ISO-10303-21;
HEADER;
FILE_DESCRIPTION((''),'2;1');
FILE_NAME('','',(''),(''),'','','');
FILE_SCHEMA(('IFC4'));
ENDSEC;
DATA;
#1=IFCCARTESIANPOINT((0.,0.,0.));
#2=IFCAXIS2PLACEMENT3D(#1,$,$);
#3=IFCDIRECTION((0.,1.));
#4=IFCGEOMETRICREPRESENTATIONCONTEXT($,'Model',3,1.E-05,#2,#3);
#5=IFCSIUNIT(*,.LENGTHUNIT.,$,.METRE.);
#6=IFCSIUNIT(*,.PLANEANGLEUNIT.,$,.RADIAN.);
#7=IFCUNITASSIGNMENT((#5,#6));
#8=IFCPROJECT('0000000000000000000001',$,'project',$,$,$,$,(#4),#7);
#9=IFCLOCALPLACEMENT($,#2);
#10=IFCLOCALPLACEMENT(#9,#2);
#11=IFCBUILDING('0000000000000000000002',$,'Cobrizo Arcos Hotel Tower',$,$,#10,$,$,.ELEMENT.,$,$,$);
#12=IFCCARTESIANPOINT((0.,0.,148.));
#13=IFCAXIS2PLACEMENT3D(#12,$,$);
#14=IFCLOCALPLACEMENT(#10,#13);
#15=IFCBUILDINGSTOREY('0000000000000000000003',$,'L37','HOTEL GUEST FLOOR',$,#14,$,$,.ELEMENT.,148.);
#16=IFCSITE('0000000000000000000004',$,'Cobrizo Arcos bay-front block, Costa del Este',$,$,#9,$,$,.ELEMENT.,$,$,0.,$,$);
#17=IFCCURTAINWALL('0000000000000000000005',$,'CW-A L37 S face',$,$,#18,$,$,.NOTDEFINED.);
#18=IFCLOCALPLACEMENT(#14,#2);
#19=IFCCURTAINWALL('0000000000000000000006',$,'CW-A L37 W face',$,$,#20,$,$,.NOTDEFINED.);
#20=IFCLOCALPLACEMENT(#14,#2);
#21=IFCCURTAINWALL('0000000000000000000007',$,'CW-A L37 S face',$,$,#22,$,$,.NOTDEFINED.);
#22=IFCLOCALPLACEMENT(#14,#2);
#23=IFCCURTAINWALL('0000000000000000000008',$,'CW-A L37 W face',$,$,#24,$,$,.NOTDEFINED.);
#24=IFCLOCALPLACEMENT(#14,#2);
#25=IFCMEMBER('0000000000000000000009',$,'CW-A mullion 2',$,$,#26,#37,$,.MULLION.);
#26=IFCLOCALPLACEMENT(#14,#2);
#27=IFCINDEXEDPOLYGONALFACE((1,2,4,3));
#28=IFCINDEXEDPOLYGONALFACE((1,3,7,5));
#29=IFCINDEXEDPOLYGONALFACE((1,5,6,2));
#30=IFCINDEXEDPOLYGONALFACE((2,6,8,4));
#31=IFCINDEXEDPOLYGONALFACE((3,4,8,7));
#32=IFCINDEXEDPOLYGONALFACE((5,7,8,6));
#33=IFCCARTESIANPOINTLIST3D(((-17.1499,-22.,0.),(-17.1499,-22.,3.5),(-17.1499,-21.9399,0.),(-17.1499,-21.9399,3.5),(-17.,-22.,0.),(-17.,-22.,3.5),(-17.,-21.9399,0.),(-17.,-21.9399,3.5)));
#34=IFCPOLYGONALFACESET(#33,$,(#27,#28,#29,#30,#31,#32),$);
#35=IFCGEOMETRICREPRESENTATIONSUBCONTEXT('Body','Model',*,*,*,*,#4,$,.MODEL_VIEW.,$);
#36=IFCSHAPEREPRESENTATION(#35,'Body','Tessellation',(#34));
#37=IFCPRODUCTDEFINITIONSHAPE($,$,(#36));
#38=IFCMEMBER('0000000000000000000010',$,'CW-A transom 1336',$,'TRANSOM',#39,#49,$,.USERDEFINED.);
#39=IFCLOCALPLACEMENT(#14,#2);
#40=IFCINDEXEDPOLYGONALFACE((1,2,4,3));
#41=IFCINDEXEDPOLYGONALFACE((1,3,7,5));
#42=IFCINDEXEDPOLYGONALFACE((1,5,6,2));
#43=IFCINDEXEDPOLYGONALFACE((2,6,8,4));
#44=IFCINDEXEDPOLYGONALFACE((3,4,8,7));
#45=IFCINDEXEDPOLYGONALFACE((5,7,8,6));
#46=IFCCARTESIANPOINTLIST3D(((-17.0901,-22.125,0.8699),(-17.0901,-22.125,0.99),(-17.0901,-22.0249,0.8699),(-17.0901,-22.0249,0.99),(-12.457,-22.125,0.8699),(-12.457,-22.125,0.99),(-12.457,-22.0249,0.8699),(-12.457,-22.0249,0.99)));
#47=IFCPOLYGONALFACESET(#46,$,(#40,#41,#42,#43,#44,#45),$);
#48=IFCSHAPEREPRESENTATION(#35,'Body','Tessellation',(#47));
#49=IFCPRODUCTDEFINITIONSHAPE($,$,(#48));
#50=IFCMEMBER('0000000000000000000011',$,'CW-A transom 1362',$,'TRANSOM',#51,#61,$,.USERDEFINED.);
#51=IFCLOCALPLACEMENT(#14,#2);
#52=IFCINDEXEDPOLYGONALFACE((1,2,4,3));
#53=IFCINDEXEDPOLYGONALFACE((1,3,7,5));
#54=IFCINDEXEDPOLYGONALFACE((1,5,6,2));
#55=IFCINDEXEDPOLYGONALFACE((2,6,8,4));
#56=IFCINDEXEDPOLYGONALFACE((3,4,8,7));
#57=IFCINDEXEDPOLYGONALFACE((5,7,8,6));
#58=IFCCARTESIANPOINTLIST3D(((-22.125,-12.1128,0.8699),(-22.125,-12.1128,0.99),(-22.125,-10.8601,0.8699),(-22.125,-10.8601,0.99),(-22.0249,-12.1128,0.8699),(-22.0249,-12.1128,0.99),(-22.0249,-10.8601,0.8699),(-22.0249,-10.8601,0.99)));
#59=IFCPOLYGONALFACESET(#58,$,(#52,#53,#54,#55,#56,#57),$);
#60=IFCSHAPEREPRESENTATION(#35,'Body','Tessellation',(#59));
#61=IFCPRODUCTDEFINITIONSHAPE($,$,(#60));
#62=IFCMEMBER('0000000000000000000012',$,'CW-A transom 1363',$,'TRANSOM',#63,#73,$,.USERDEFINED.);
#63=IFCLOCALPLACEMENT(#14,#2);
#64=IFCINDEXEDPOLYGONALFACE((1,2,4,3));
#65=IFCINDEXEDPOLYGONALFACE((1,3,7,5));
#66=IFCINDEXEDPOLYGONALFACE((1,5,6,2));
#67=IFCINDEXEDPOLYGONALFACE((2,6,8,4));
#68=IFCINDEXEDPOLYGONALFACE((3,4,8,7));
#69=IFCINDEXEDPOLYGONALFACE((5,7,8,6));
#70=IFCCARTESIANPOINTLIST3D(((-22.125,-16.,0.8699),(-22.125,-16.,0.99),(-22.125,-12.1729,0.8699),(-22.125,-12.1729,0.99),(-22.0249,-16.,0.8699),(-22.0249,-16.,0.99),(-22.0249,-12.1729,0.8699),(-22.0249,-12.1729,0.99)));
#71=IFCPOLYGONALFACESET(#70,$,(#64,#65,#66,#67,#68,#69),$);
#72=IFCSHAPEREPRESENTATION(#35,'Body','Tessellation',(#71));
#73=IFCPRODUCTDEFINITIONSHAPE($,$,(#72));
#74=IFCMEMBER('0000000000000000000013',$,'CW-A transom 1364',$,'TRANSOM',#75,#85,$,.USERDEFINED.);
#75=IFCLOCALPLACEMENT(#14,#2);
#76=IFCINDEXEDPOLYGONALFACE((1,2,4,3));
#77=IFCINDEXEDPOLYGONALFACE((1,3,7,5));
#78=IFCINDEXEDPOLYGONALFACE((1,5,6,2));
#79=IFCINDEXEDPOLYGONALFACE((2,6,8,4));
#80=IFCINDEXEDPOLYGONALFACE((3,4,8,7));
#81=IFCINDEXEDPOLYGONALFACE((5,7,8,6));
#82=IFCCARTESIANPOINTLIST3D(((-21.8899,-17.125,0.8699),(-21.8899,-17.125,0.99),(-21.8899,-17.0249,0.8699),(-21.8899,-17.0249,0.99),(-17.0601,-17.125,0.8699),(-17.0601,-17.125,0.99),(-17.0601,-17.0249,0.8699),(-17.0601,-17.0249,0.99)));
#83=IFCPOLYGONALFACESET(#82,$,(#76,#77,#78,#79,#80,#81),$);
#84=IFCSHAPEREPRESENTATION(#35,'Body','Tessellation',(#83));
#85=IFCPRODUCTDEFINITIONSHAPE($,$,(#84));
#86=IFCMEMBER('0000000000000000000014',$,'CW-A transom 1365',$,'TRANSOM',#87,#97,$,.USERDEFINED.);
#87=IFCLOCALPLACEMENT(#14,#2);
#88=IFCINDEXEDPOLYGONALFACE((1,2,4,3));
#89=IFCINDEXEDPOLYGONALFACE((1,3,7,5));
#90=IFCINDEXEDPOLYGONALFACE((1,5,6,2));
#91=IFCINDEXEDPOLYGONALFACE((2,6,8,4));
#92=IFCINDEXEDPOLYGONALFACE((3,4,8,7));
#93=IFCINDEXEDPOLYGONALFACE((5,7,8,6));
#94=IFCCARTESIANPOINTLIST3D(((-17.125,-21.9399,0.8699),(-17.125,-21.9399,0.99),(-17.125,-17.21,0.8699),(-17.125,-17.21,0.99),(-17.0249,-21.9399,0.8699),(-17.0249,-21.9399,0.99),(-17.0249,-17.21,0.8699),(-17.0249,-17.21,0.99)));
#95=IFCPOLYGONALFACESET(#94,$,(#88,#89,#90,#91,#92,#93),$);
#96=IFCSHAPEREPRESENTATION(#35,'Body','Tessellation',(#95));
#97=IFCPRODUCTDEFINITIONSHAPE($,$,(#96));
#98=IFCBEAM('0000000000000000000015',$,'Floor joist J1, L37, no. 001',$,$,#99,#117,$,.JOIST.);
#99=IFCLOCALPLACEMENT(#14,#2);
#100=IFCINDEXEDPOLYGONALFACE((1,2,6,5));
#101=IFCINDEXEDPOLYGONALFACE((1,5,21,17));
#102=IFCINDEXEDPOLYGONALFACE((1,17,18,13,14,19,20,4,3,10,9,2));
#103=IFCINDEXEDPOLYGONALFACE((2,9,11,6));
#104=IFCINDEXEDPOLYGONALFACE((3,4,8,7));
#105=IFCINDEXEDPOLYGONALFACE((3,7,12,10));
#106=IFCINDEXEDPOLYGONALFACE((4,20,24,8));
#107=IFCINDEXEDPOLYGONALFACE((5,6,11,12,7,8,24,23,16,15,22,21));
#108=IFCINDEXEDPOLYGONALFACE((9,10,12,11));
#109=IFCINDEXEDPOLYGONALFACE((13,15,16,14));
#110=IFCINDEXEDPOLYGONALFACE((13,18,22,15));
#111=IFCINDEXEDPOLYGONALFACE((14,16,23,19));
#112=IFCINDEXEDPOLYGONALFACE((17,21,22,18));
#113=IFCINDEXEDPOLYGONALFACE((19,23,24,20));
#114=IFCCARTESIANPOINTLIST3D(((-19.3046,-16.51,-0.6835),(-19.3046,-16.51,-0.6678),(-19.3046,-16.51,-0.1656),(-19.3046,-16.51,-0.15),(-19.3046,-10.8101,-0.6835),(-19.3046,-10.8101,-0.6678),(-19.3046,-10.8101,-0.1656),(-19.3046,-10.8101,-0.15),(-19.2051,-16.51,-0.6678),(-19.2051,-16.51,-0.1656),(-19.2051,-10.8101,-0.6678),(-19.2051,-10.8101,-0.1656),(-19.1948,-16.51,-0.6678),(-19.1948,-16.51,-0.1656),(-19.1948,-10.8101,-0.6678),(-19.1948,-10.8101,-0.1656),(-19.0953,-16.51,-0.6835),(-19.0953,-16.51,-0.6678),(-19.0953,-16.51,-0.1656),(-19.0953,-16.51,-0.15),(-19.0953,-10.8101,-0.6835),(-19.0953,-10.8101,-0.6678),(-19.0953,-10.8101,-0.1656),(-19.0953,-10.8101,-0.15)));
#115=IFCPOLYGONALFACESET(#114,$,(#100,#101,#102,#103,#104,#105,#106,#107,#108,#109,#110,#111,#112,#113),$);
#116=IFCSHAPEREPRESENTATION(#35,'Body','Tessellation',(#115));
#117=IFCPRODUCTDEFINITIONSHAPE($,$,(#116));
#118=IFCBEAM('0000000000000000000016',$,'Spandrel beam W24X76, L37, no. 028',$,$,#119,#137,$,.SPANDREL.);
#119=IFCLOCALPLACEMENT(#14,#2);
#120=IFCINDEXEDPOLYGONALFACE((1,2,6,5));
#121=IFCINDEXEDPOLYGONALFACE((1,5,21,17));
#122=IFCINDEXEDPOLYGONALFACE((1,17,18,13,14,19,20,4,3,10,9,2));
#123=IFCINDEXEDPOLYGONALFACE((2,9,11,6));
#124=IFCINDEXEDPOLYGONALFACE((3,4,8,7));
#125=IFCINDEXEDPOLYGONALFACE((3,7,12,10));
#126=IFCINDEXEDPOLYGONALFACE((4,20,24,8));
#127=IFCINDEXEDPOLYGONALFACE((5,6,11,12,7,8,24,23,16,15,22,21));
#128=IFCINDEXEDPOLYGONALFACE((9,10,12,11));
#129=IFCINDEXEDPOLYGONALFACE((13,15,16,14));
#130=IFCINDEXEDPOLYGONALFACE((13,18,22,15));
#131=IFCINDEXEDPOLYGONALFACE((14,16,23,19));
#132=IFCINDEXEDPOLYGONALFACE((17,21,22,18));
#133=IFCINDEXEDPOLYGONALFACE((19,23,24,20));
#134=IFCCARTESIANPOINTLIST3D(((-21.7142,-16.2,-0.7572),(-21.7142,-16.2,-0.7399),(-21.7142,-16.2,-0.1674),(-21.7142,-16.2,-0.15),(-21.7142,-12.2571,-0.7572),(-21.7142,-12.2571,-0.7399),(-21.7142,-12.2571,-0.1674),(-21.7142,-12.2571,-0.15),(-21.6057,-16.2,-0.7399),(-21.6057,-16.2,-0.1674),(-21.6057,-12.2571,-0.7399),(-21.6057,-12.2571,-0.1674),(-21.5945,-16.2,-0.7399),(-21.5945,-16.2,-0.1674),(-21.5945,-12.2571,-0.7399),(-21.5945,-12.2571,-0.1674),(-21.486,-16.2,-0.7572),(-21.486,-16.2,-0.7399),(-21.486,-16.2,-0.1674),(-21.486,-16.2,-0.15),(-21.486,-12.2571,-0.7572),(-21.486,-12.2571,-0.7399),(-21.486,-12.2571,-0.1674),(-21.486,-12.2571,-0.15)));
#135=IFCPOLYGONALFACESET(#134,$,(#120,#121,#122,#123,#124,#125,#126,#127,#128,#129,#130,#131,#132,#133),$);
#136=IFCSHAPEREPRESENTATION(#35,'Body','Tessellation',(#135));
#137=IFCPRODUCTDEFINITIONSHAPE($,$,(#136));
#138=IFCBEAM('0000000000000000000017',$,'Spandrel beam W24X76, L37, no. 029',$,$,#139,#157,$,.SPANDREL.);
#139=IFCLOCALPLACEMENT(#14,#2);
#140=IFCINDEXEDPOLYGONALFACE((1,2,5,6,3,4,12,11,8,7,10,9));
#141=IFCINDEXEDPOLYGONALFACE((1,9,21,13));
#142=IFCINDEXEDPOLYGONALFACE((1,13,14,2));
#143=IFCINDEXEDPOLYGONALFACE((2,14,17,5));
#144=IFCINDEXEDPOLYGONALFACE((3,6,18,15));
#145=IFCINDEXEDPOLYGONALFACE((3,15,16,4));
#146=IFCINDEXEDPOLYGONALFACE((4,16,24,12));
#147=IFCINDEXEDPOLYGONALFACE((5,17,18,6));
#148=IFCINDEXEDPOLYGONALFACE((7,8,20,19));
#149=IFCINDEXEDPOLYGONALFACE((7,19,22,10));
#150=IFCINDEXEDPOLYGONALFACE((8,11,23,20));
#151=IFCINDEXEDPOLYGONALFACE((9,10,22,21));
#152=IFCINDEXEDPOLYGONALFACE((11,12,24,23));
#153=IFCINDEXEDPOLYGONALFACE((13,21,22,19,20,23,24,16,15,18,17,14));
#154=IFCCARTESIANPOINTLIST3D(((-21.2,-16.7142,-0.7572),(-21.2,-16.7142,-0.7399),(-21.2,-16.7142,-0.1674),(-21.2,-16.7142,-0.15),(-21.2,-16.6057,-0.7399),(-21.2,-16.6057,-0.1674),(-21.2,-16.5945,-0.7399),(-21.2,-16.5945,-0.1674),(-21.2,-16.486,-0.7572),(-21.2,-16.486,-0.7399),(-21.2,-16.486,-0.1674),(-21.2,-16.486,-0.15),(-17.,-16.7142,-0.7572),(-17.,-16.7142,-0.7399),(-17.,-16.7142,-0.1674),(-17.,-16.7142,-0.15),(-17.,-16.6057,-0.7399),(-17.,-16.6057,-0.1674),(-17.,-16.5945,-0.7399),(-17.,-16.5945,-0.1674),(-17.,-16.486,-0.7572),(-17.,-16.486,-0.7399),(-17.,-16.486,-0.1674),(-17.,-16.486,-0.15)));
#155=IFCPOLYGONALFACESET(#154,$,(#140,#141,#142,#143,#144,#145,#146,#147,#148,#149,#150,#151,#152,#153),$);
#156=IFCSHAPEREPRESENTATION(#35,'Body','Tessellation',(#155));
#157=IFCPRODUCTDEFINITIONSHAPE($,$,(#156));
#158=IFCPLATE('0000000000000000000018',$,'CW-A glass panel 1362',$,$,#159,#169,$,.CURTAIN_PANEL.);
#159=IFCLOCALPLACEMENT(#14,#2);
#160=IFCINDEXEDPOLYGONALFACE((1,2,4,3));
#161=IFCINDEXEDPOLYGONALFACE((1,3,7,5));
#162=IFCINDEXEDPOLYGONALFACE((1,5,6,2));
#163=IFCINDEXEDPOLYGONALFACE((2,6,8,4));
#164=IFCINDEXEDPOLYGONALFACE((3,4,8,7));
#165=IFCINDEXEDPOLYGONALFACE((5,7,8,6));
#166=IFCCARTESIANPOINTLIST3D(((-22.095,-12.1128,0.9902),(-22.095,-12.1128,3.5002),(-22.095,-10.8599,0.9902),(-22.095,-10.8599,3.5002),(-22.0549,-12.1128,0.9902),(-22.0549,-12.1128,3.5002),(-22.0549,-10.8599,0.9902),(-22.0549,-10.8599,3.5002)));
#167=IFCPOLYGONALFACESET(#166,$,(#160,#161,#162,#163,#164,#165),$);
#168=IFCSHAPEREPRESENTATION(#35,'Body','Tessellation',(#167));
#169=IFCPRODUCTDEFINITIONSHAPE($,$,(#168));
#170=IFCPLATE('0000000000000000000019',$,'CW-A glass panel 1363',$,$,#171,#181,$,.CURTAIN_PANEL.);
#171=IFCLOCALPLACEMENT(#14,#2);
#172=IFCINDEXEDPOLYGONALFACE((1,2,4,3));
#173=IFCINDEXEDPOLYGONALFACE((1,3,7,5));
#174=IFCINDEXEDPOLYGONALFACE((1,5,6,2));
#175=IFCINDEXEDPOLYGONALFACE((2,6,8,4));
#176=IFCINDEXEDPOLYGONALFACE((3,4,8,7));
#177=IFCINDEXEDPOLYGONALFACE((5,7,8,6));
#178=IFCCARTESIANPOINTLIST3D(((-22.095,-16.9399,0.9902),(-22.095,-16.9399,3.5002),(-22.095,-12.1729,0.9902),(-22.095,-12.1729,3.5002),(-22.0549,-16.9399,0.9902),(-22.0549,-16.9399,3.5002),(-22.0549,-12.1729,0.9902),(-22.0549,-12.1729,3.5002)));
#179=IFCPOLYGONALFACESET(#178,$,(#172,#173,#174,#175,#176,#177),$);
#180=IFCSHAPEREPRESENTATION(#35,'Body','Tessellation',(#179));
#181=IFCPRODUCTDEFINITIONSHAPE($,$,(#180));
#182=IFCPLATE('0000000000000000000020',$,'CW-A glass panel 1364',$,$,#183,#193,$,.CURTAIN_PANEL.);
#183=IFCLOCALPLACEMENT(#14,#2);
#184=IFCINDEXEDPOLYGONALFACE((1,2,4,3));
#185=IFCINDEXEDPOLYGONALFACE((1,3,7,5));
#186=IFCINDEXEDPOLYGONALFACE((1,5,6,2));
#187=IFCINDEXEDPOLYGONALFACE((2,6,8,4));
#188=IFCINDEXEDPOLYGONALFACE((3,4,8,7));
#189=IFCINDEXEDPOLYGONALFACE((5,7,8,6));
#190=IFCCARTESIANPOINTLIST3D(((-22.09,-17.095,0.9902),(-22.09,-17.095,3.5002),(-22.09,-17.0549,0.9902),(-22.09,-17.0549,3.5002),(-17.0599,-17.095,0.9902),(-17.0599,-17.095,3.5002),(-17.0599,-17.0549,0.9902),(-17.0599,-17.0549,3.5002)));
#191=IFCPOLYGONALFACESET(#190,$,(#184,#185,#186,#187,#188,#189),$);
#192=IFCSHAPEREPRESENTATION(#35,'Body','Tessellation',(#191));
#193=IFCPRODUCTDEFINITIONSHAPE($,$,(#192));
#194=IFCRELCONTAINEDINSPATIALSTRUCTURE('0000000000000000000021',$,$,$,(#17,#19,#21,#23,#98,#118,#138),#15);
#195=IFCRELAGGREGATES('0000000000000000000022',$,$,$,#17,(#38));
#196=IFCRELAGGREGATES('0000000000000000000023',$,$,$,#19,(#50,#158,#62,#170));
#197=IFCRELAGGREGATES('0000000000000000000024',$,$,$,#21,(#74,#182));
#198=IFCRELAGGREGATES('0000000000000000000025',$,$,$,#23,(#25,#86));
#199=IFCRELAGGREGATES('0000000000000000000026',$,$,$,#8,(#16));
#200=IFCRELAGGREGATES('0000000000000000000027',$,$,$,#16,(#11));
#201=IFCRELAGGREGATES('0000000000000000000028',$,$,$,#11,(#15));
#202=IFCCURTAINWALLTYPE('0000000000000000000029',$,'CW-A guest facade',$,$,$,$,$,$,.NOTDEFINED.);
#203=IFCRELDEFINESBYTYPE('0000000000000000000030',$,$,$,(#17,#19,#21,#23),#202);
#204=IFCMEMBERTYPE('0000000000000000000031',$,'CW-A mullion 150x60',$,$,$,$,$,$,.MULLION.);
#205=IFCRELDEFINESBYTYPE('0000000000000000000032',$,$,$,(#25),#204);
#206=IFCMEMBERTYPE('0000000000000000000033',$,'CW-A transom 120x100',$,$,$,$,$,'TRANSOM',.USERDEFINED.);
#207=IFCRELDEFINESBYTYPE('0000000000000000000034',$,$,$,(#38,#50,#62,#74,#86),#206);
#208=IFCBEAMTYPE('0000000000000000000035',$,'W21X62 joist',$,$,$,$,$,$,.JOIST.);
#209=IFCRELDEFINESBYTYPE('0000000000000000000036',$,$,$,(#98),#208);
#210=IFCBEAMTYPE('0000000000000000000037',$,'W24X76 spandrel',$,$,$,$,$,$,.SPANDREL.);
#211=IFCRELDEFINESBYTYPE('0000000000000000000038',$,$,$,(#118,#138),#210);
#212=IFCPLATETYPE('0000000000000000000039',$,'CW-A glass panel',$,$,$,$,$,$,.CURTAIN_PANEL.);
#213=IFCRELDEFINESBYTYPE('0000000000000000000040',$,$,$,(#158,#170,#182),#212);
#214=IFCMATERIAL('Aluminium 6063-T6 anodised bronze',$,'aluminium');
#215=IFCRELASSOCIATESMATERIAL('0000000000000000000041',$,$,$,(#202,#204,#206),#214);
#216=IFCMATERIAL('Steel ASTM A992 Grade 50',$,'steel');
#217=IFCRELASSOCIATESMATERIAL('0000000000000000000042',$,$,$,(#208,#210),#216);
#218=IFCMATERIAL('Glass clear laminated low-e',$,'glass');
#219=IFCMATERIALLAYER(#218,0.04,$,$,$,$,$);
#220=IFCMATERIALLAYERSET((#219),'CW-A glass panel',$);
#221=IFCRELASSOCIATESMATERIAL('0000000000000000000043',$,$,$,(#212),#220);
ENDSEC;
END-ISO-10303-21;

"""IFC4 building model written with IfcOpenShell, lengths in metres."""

from ifc_helpers import new_model, si_unit, direction, frame, origin, origin_2d, place, context, subcontext, project, spatial, rectangle, i_section, extrude, material, layer, layer_set, material_profile, profile_set, type_object, element, aggregate, save


model = new_model("IFC4")

# Units and contexts
model_context = context("Model", 3, precision=1e-05, world=origin(), true_north=direction((0.0, 1.0)))
body_context = subcontext(model_context, "Body", "Model", "MODEL_VIEW")
ifc_project = project(units=[si_unit("LENGTHUNIT", "METRE"), si_unit("PLANEANGLEUNIT", "RADIAN")], contexts=[model_context])

# Site, building, storey
site_placement = place(None, origin())
site = spatial("IfcSite", under=ifc_project, at=site_placement, Name="Cobrizo Arcos bay-front block, Costa del Este", CompositionType="ELEMENT", RefElevation=0.0)
building_placement = place(site_placement, origin())
building = spatial("IfcBuilding", under=site, at=building_placement, Name="Cobrizo Arcos Hotel Tower", CompositionType="ELEMENT")
storey_placement = place(building_placement, frame((0.0, 0.0, 148.0)))
storey = spatial("IfcBuildingStorey", under=building, at=storey_placement, Name="L37", Description="HOTEL GUEST FLOOR", CompositionType="ELEMENT", Elevation=148.0)

# Curtain wall
ifc_material_1 = material(Name="Aluminium 6063-T6 anodised bronze", Category="aluminium")
curtain_wall_type = type_object("IfcCurtainWallType", Name="CW-A guest facade", PredefinedType="NOTDEFINED", material=ifc_material_1)
curtain_wall_1_placement = place(storey_placement, origin())
curtain_wall_1 = element("IfcCurtainWall", 1, at=curtain_wall_1_placement, inside=storey, type_object=curtain_wall_type, Name="CW-A L37 S face", PredefinedType="NOTDEFINED")
ifc_material_profile_1 = material_profile(ifc_material_1, rectangle(XDim=0.1499, YDim=0.0601, at=origin_2d()), Name="CW-A mullion 150x60")
ifc_profile_set_1 = profile_set([ifc_material_profile_1], Name="Aluminium 6063-T6 anodised bronze")
member_type_1 = type_object("IfcMemberType", Name="CW-A mullion 150x60", PredefinedType="MULLION", material=ifc_profile_set_1)

# Curtain walls, member
curtain_wall_2_placement = place(storey_placement, origin())
curtain_wall_2 = element("IfcCurtainWall", 2, at=curtain_wall_2_placement, inside=storey, type_object=curtain_wall_type, Name="CW-A L37 W face", PredefinedType="NOTDEFINED")
curtain_wall_3_placement = place(storey_placement, origin())
curtain_wall_3 = element("IfcCurtainWall", 3, at=curtain_wall_3_placement, inside=storey, type_object=curtain_wall_type, Name="CW-A L37 S face", PredefinedType="NOTDEFINED")
curtain_wall_4_placement = place(storey_placement, origin())
curtain_wall_4 = element("IfcCurtainWall", 4, at=curtain_wall_4_placement, inside=storey, type_object=curtain_wall_type, Name="CW-A L37 W face", PredefinedType="NOTDEFINED")
member_1_placement = place(storey_placement, frame((-17.075, -21.97, 0.0), z_axis=(0.0, 0.0, 1.0), x_axis=(-1.0, 0.0, 0.0)))
member_1 = element("IfcMember", 5, at=member_1_placement, type_object=member_type_1, Name="CW-A mullion 2", PredefinedType="MULLION", context=body_context, shape_type="SweptSolid", body=[
    extrude(rectangle(XDim=0.1499, YDim=0.0601, at=origin_2d()), origin(), (0.0, 0.0, 1.0), 3.5),
])

# Members
ifc_material_profile_2 = material_profile(ifc_material_1, rectangle(XDim=0.1001, YDim=0.1201, at=origin_2d()), Name="CW-A transom 120x100")
ifc_profile_set_2 = profile_set([ifc_material_profile_2], Name="Aluminium 6063-T6 anodised bronze")
member_type_2 = type_object("IfcMemberType", Name="CW-A transom 120x100", ElementType="TRANSOM", PredefinedType="USERDEFINED", material=ifc_profile_set_2)
member_2_placement = place(storey_placement, frame((-17.0901, -22.075, 0.9299), z_axis=(1.0, 0.0, 0.0), x_axis=(0.0, 1.0, 0.0)))
member_2 = element("IfcMember", 6, at=member_2_placement, type_object=member_type_2, Name="CW-A transom 1336", ObjectType="TRANSOM", PredefinedType="USERDEFINED", context=body_context, shape_type="SweptSolid", body=[
    extrude(rectangle(XDim=0.1001, YDim=0.1201, at=origin_2d()), origin(), (0.0, 0.0, 1.0), 4.6331),
])
aggregate(curtain_wall_1, [member_2])
member_3_placement = place(storey_placement, frame((-22.075, -10.8601, 0.9299), z_axis=(0.0, -1.0, 0.0), x_axis=(1.0, 0.0, 0.0)))
member_3 = element("IfcMember", 7, at=member_3_placement, type_object=member_type_2, Name="CW-A transom 1362", ObjectType="TRANSOM", PredefinedType="USERDEFINED", context=body_context, shape_type="SweptSolid", body=[
    extrude(rectangle(XDim=0.1001, YDim=0.1201, at=origin_2d()), origin(), (0.0, 0.0, 1.0), 1.2527),
])
member_4_placement = place(storey_placement, frame((-22.075, -12.1729, 0.9299), z_axis=(0.0, -1.0, 0.0), x_axis=(1.0, 0.0, 0.0)))
member_4 = element("IfcMember", 8, at=member_4_placement, type_object=member_type_2, Name="CW-A transom 1363", ObjectType="TRANSOM", PredefinedType="USERDEFINED", context=body_context, shape_type="SweptSolid", body=[
    extrude(rectangle(XDim=0.1001, YDim=0.1201, at=origin_2d()), origin(), (0.0, 0.0, 1.0), 3.8271),
])
member_5_placement = place(storey_placement, frame((-21.8899, -17.075, 0.9299), z_axis=(1.0, 0.0, 0.0), x_axis=(0.0, 1.0, 0.0)))
member_5 = element("IfcMember", 9, at=member_5_placement, type_object=member_type_2, Name="CW-A transom 1364", ObjectType="TRANSOM", PredefinedType="USERDEFINED", context=body_context, shape_type="SweptSolid", body=[
    extrude(rectangle(XDim=0.1001, YDim=0.1201, at=origin_2d()), origin(), (0.0, 0.0, 1.0), 4.8298),
])
member_6_placement = place(storey_placement, frame((-17.075, -17.21, 0.9299), z_axis=(0.0, -1.0, 0.0), x_axis=(1.0, 0.0, 0.0)))
member_6 = element("IfcMember", 10, at=member_6_placement, type_object=member_type_2, Name="CW-A transom 1365", ObjectType="TRANSOM", PredefinedType="USERDEFINED", context=body_context, shape_type="SweptSolid", body=[
    extrude(rectangle(XDim=0.1001, YDim=0.1201, at=origin_2d()), origin(), (0.0, 0.0, 1.0), 4.73),
])

# Beams
ifc_material_2 = material(Name="Steel ASTM A992 Grade 50", Category="steel")
ifc_material_profile_3 = material_profile(ifc_material_2, i_section(OverallWidth=0.2092, OverallDepth=0.5334, WebThickness=0.0103, FlangeThickness=0.0156, at=origin_2d()), Name="W21X62")
ifc_profile_set_3 = profile_set([ifc_material_profile_3], Name="Steel ASTM A992 Grade 50")
beam_type_1 = type_object("IfcBeamType", Name="W21X62 joist", PredefinedType="JOIST", material=ifc_profile_set_3)
beam_1_placement = place(storey_placement, frame((-19.2, -16.51, -0.4167), z_axis=(0.0, 1.0, 0.0), x_axis=(-1.0, 0.0, 0.0)))
element("IfcBeam", 11, at=beam_1_placement, inside=storey, type_object=beam_type_1, Name="Floor joist J1, L37, no. 001", PredefinedType="JOIST", context=body_context, shape_type="SweptSolid", body=[
    extrude(i_section(OverallWidth=0.2092, OverallDepth=0.5334, WebThickness=0.0103, FlangeThickness=0.0156, at=origin_2d()), origin(), (0.0, 0.0, 1.0), 5.7),
])
ifc_material_profile_4 = material_profile(ifc_material_2, i_section(OverallWidth=0.2283, OverallDepth=0.6072, WebThickness=0.0112, FlangeThickness=0.0173, at=origin_2d()), Name="W24X76")
ifc_profile_set_4 = profile_set([ifc_material_profile_4], Name="Steel ASTM A992 Grade 50")
beam_type_2 = type_object("IfcBeamType", Name="W24X76 spandrel", PredefinedType="SPANDREL", material=ifc_profile_set_4)
beam_2_placement = place(storey_placement, frame((-21.6001, -12.2571, -0.4536), z_axis=(0.0, -1.0, 0.0), x_axis=(1.0, 0.0, 0.0)))
element("IfcBeam", 12, at=beam_2_placement, inside=storey, type_object=beam_type_2, Name="Spandrel beam W24X76, L37, no. 028", PredefinedType="SPANDREL", context=body_context, shape_type="SweptSolid", body=[
    extrude(i_section(OverallWidth=0.2283, OverallDepth=0.6072, WebThickness=0.0112, FlangeThickness=0.0173, at=origin_2d()), origin(), (0.0, 0.0, 1.0), 3.9429),
])
beam_3_placement = place(storey_placement, frame((-21.2, -16.6001, -0.4536), z_axis=(1.0, 0.0, 0.0), x_axis=(0.0, 1.0, 0.0)))
element("IfcBeam", 13, at=beam_3_placement, inside=storey, type_object=beam_type_2, Name="Spandrel beam W24X76, L37, no. 029", PredefinedType="SPANDREL", context=body_context, shape_type="SweptSolid", body=[
    extrude(i_section(OverallWidth=0.2283, OverallDepth=0.6072, WebThickness=0.0112, FlangeThickness=0.0173, at=origin_2d()), origin(), (0.0, 0.0, 1.0), 4.2),
])

# Plates
ifc_material_3 = material(Name="Glass clear laminated low-e", Category="glass")
ifc_layer_1 = layer(ifc_material_3, 0.04)
ifc_layer_set_1 = layer_set([ifc_layer_1], Name="CW-A glass panel")
plate_type_1 = type_object("IfcPlateType", Name="CW-A glass panel", PredefinedType="CURTAIN_PANEL", material=ifc_layer_set_1)
plate_1_placement = place(storey_placement, frame((-22.075, -11.4863, 0.9902), z_axis=(0.0, 0.0, 1.0), x_axis=(0.0, -1.0, 0.0)))
plate_1 = element("IfcPlate", 14, at=plate_1_placement, type_object=plate_type_1, Name="CW-A glass panel 1362", PredefinedType="CURTAIN_PANEL", context=body_context, shape_type="SweptSolid", body=[
    extrude(rectangle(XDim=1.2529, YDim=0.04, at=origin_2d()), origin(), (0.0, 0.0, 1.0), 2.51),
])
plate_2_placement = place(storey_placement, frame((-22.075, -14.5564, 0.9902), z_axis=(0.0, 0.0, 1.0), x_axis=(0.0, -1.0, 0.0)))
plate_2 = element("IfcPlate", 15, at=plate_2_placement, type_object=plate_type_1, Name="CW-A glass panel 1363", PredefinedType="CURTAIN_PANEL", context=body_context, shape_type="SweptSolid", body=[
    extrude(rectangle(XDim=4.7671, YDim=0.04, at=origin_2d()), origin(), (0.0, 0.0, 1.0), 2.51),
])
plate_3_placement = place(storey_placement, frame((-19.575, -17.075, 0.9902), z_axis=(0.0, 0.0, 1.0), x_axis=(1.0, 0.0, 0.0)))
plate_3 = element("IfcPlate", 16, at=plate_3_placement, type_object=plate_type_1, Name="CW-A glass panel 1364", PredefinedType="CURTAIN_PANEL", context=body_context, shape_type="SweptSolid", body=[
    extrude(rectangle(XDim=5.03, YDim=0.04, at=origin_2d()), origin(), (0.0, 0.0, 1.0), 2.51),
])
aggregate(curtain_wall_2, [member_3, plate_1, member_4, plate_2])
aggregate(curtain_wall_3, [member_5, plate_3])
aggregate(curtain_wall_4, [member_1, member_6])

save(model, "model.ifc")
